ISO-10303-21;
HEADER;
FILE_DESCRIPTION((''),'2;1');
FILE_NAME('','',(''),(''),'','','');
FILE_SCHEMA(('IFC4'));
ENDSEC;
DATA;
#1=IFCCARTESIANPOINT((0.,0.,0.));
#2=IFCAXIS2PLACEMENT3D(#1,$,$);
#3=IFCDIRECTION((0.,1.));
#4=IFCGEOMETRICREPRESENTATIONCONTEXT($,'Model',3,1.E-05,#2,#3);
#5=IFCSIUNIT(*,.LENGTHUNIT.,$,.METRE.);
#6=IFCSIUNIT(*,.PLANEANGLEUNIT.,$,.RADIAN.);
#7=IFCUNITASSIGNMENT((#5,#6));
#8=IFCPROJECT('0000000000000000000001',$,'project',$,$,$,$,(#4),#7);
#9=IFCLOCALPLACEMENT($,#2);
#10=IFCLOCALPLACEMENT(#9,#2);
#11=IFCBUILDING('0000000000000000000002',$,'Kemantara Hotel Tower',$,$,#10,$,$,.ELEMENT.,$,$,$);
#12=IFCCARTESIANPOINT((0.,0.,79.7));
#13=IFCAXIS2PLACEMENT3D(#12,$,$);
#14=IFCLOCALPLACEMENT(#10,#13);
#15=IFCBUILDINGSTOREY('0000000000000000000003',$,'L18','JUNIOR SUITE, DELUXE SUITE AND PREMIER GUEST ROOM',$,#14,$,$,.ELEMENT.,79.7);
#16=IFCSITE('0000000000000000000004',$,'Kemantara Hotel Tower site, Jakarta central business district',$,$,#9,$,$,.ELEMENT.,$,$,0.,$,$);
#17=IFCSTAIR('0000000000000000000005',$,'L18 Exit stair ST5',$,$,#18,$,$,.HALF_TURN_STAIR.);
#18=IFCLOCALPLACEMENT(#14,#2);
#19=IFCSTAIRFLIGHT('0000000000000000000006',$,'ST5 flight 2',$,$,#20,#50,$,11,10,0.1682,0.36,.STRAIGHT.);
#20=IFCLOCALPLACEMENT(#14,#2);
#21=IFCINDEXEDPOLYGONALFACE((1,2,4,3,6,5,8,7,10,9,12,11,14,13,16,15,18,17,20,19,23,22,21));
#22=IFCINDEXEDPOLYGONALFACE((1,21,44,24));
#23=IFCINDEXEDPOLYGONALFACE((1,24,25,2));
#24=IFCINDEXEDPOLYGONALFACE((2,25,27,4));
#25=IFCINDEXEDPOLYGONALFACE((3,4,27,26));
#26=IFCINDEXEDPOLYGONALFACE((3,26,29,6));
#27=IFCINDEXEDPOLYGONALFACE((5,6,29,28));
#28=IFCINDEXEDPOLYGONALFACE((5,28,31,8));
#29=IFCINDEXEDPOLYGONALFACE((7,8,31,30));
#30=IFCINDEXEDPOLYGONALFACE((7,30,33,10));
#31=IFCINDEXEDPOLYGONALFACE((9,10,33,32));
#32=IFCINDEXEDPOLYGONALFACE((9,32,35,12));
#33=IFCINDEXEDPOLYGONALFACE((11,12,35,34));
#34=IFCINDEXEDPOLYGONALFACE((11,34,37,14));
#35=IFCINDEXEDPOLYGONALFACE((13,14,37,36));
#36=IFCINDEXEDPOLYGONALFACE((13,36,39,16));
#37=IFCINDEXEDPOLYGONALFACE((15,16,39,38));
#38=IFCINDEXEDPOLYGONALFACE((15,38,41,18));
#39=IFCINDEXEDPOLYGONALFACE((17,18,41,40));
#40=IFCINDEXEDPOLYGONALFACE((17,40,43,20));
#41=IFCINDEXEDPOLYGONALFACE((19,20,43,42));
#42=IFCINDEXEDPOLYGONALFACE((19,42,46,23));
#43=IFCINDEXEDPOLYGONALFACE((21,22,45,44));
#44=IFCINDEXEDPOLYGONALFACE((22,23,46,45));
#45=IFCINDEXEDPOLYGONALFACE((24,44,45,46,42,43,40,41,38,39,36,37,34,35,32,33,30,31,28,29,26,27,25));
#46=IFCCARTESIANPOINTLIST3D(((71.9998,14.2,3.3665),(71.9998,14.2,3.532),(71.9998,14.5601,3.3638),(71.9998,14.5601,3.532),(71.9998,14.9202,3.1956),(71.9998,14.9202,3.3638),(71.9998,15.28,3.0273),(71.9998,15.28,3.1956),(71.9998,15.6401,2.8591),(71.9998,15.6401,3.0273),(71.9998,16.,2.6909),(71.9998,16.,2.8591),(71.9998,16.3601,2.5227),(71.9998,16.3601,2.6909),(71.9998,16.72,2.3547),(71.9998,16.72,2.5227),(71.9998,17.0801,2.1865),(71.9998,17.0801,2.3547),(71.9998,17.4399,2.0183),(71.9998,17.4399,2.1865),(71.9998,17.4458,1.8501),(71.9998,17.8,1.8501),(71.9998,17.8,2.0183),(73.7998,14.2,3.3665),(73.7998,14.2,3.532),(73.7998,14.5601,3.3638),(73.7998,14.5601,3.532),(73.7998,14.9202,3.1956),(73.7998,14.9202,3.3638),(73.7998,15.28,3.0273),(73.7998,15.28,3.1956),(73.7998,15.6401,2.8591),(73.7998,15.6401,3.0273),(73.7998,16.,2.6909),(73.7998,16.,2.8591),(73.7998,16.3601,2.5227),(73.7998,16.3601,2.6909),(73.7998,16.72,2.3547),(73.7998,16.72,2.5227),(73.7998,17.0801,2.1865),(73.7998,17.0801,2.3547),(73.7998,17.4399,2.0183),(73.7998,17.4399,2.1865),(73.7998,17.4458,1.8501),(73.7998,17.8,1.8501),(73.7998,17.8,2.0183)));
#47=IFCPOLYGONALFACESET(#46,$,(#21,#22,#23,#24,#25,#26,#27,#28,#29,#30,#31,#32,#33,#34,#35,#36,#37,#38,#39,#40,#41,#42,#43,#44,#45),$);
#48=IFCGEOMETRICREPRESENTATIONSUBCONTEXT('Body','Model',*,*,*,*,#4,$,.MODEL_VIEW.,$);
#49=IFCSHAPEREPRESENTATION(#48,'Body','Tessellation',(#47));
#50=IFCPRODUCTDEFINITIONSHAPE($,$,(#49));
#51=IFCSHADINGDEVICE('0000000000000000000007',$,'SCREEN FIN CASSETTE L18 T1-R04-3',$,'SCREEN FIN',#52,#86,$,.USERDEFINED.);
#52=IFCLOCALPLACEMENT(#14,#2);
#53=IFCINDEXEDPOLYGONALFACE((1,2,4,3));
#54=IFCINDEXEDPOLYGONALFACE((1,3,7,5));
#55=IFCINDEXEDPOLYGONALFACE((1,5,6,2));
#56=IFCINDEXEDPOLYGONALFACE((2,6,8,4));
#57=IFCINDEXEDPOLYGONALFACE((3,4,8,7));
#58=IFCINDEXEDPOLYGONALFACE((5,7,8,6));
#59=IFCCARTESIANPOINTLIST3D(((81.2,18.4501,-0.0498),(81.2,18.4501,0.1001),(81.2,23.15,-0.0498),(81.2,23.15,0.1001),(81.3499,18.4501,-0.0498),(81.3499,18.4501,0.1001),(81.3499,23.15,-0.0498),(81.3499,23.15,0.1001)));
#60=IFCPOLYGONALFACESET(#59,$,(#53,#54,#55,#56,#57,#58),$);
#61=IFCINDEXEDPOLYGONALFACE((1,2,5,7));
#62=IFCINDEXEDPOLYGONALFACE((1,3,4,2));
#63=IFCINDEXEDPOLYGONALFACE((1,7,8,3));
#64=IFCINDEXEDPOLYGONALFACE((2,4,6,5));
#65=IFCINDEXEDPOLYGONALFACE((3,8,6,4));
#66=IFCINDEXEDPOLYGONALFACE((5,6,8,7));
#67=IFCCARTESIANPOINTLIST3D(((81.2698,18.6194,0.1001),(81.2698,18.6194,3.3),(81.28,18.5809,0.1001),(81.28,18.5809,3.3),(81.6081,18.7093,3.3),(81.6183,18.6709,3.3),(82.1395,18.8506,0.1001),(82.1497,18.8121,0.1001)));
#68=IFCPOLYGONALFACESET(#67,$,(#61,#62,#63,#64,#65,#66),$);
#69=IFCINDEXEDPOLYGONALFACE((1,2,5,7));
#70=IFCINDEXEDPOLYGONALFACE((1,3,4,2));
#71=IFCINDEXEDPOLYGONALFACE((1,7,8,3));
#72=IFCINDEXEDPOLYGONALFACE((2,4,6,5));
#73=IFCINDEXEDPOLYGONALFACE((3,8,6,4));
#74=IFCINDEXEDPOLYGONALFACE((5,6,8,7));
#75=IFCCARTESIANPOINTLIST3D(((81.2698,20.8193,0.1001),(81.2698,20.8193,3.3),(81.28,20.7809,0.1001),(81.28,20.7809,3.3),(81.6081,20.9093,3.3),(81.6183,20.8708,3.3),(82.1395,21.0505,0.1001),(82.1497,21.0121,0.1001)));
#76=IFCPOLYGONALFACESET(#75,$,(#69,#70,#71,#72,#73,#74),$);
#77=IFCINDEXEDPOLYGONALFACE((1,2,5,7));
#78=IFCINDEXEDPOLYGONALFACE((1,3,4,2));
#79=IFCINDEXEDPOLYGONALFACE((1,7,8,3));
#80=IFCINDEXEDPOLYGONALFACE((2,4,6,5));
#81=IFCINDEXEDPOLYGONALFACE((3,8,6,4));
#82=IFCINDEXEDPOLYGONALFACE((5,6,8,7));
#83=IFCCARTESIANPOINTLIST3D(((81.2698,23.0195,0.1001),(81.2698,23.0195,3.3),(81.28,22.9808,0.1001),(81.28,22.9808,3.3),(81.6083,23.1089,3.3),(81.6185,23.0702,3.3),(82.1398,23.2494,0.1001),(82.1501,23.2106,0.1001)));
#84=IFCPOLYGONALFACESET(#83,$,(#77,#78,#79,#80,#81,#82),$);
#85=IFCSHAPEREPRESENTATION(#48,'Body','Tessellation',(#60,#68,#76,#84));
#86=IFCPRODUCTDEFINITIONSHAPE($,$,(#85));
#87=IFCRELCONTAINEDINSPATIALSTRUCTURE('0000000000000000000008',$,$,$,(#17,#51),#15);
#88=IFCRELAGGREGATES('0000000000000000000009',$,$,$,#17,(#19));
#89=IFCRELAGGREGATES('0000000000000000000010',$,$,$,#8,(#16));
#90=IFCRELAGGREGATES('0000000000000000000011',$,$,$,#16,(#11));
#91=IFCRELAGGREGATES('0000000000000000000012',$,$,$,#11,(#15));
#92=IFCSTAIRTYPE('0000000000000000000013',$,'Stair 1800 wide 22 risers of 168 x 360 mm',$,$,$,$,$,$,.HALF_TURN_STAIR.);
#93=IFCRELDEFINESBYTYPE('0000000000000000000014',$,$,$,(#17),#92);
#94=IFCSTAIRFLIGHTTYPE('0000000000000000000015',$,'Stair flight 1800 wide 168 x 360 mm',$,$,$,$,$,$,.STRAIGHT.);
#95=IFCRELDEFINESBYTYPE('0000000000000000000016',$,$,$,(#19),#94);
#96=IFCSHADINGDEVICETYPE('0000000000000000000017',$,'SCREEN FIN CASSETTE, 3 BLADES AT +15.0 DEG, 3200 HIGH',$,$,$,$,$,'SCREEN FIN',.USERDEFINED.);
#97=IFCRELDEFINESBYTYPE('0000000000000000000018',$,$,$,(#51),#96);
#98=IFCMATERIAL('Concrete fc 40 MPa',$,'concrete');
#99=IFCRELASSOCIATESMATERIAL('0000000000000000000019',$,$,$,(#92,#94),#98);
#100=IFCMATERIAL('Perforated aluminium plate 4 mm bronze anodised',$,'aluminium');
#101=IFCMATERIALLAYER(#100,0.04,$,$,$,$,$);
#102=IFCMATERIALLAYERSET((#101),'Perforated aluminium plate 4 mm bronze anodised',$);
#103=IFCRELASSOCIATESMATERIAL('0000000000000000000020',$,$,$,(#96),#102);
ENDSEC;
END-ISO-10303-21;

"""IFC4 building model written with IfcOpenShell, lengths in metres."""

from ifc_helpers import new_model, si_unit, direction, frame, origin, origin_2d, place, context, subcontext, project, spatial, polyline, rectangle, outline, extrude, source, transform, mapped, material, layer, layer_set, type_object, element, aggregate, save


model = new_model("IFC4")

# Units and contexts
model_context = context("Model", 3, precision=1e-05, world=origin(), true_north=direction((0.0, 1.0)))
body_context = subcontext(model_context, "Body", "Model", "MODEL_VIEW")
ifc_project = project(units=[si_unit("LENGTHUNIT", "METRE"), si_unit("PLANEANGLEUNIT", "RADIAN")], contexts=[model_context])

# Site, building, storey
site_placement = place(None, origin())
site = spatial("IfcSite", under=ifc_project, at=site_placement, Name="Kemantara Hotel Tower site, Jakarta central business district", CompositionType="ELEMENT", RefElevation=0.0)
building_placement = place(site_placement, origin())
building = spatial("IfcBuilding", under=site, at=building_placement, Name="Kemantara Hotel Tower", CompositionType="ELEMENT")
storey_placement = place(building_placement, frame((0.0, 0.0, 79.7)))
storey = spatial("IfcBuildingStorey", under=building, at=storey_placement, Name="L18", Description="JUNIOR SUITE, DELUXE SUITE AND PREMIER GUEST ROOM", CompositionType="ELEMENT", Elevation=79.7)

# Shared definitions
ifc_material_1 = material(Name="Concrete fc 40 MPa", Category="concrete")

# Stair, stair flight
stair_type = type_object("IfcStairType", Name="Stair 1800 wide 22 risers of 168 x 360 mm", PredefinedType="HALF_TURN_STAIR", material=ifc_material_1)
stair_flight_type = type_object("IfcStairFlightType", Name="Stair flight 1800 wide 168 x 360 mm", PredefinedType="STRAIGHT", material=ifc_material_1)
stair_1_placement = place(storey_placement, origin())
stair_1 = element("IfcStair", 1, at=stair_1_placement, inside=storey, type_object=stair_type, Name="L18 Exit stair ST5", PredefinedType="HALF_TURN_STAIR")
stair_flight_1_placement = place(storey_placement, frame((72.8999, 17.8, 1.8501), z_axis=(0.0, 0.0, 1.0), x_axis=(0.0, -1.0, 0.0)))
stair_flight_1 = element("IfcStairFlight", 2, at=stair_flight_1_placement, type_object=stair_flight_type, Name="ST5 flight 2", NumberOfRisers=11, NumberOfTreads=10, PredefinedType="STRAIGHT", RiserHeight=0.1682, TreadLength=0.36, context=body_context, shape_type="SweptSolid", body=[
    extrude(outline(polyline([(0.0, 0.0), (0.0, 0.1682), (0.3601, 0.1682), (0.3601, 0.3364), (0.72, 0.3364), (0.72, 0.5046), (1.0801, 0.5046), (1.0801, 0.6726), (1.4399, 0.6726), (1.4399, 0.8408), (1.8, 0.8408), (1.8, 1.009), (2.1599, 1.009), (2.1599, 1.1772), (2.52, 1.1772), (2.52, 1.3455), (2.8799, 1.3455), (2.8799, 1.5137), (3.24, 1.5137), (3.24, 1.6819), (3.6001, 1.6819), (3.6001, 1.8501), (3.6001, 1.5164), (0.3542, 0.0), (0.0, 0.0)])), frame((0.0, 0.8999, 0.0), z_axis=(0.0, -1.0, 0.0), x_axis=(1.0, 0.0, 0.0)), (0.0, 0.0, 1.0), 1.8),
])
aggregate(stair_1, [stair_flight_1])

# Shading device
ifc_material_2 = material(Name="Perforated aluminium plate 4 mm bronze anodised", Category="aluminium")
ifc_layer_1 = layer(ifc_material_2, 0.04)
ifc_layer_set_1 = layer_set([ifc_layer_1], Name="Perforated aluminium plate 4 mm bronze anodised")
shading_device_type = type_object("IfcShadingDeviceType", Name="SCREEN FIN CASSETTE, 3 BLADES AT +15.0 DEG, 3200 HIGH", ElementType="SCREEN FIN", PredefinedType="USERDEFINED", material=ifc_layer_set_1)
shared_shape_1 = source(origin(), body_context, "Body", "SweptSolid", [
    extrude(rectangle(XDim=4.7, YDim=0.1499, at=origin_2d()), frame((2.2, -0.075, -0.1499), z_axis=(0.0, 0.0, 1.0), x_axis=(1.0, 0.0, 0.0)), (0.0, 0.0, 1.0), 0.1499),
    extrude(outline(polyline([(0.0, 0.0), (0.8999, 0.0), (0.3501, 3.2), (0.0, 3.2), (0.0, 0.0)])), frame((0.0193, -0.0698, 0.0), z_axis=(-0.966438, -0.256901, 0.0), x_axis=(0.256901, -0.966438, 0.0)), (0.0, 0.0, 1.0), 0.0398),
    extrude(outline(polyline([(0.0, 0.0), (0.8999, 0.0), (0.3501, 3.2), (0.0, 3.2), (0.0, 0.0)])), frame((2.2192, -0.0698, 0.0), z_axis=(-0.966438, -0.256901, 0.0), x_axis=(0.256901, -0.966438, 0.0)), (0.0, 0.0, 1.0), 0.0398),
    extrude(outline(polyline([(0.0, 0.0), (0.8999, 0.0), (0.3501, 3.2), (0.0, 3.2), (0.0, 0.0)])), frame((4.4194, -0.0698, 0.0), z_axis=(-0.966838, -0.255391, 0.0), x_axis=(0.255391, -0.966838, 0.0)), (0.0, 0.0, 1.0), 0.04),
])
shading_device_placement = place(storey_placement, frame((81.2, 18.6001, 0.1001), z_axis=(0.0, 0.0, 1.0), x_axis=(0.0, 1.0, 0.0)))
element("IfcShadingDevice", 3, at=shading_device_placement, inside=storey, type_object=shading_device_type, Name="SCREEN FIN CASSETTE L18 T1-R04-3", ObjectType="SCREEN FIN", PredefinedType="USERDEFINED", context=body_context, shape_type="MappedRepresentation", body=[
    mapped(shared_shape_1, transform((0.0, 0.0, 0.0))),
])

save(model, "model.ifc")
